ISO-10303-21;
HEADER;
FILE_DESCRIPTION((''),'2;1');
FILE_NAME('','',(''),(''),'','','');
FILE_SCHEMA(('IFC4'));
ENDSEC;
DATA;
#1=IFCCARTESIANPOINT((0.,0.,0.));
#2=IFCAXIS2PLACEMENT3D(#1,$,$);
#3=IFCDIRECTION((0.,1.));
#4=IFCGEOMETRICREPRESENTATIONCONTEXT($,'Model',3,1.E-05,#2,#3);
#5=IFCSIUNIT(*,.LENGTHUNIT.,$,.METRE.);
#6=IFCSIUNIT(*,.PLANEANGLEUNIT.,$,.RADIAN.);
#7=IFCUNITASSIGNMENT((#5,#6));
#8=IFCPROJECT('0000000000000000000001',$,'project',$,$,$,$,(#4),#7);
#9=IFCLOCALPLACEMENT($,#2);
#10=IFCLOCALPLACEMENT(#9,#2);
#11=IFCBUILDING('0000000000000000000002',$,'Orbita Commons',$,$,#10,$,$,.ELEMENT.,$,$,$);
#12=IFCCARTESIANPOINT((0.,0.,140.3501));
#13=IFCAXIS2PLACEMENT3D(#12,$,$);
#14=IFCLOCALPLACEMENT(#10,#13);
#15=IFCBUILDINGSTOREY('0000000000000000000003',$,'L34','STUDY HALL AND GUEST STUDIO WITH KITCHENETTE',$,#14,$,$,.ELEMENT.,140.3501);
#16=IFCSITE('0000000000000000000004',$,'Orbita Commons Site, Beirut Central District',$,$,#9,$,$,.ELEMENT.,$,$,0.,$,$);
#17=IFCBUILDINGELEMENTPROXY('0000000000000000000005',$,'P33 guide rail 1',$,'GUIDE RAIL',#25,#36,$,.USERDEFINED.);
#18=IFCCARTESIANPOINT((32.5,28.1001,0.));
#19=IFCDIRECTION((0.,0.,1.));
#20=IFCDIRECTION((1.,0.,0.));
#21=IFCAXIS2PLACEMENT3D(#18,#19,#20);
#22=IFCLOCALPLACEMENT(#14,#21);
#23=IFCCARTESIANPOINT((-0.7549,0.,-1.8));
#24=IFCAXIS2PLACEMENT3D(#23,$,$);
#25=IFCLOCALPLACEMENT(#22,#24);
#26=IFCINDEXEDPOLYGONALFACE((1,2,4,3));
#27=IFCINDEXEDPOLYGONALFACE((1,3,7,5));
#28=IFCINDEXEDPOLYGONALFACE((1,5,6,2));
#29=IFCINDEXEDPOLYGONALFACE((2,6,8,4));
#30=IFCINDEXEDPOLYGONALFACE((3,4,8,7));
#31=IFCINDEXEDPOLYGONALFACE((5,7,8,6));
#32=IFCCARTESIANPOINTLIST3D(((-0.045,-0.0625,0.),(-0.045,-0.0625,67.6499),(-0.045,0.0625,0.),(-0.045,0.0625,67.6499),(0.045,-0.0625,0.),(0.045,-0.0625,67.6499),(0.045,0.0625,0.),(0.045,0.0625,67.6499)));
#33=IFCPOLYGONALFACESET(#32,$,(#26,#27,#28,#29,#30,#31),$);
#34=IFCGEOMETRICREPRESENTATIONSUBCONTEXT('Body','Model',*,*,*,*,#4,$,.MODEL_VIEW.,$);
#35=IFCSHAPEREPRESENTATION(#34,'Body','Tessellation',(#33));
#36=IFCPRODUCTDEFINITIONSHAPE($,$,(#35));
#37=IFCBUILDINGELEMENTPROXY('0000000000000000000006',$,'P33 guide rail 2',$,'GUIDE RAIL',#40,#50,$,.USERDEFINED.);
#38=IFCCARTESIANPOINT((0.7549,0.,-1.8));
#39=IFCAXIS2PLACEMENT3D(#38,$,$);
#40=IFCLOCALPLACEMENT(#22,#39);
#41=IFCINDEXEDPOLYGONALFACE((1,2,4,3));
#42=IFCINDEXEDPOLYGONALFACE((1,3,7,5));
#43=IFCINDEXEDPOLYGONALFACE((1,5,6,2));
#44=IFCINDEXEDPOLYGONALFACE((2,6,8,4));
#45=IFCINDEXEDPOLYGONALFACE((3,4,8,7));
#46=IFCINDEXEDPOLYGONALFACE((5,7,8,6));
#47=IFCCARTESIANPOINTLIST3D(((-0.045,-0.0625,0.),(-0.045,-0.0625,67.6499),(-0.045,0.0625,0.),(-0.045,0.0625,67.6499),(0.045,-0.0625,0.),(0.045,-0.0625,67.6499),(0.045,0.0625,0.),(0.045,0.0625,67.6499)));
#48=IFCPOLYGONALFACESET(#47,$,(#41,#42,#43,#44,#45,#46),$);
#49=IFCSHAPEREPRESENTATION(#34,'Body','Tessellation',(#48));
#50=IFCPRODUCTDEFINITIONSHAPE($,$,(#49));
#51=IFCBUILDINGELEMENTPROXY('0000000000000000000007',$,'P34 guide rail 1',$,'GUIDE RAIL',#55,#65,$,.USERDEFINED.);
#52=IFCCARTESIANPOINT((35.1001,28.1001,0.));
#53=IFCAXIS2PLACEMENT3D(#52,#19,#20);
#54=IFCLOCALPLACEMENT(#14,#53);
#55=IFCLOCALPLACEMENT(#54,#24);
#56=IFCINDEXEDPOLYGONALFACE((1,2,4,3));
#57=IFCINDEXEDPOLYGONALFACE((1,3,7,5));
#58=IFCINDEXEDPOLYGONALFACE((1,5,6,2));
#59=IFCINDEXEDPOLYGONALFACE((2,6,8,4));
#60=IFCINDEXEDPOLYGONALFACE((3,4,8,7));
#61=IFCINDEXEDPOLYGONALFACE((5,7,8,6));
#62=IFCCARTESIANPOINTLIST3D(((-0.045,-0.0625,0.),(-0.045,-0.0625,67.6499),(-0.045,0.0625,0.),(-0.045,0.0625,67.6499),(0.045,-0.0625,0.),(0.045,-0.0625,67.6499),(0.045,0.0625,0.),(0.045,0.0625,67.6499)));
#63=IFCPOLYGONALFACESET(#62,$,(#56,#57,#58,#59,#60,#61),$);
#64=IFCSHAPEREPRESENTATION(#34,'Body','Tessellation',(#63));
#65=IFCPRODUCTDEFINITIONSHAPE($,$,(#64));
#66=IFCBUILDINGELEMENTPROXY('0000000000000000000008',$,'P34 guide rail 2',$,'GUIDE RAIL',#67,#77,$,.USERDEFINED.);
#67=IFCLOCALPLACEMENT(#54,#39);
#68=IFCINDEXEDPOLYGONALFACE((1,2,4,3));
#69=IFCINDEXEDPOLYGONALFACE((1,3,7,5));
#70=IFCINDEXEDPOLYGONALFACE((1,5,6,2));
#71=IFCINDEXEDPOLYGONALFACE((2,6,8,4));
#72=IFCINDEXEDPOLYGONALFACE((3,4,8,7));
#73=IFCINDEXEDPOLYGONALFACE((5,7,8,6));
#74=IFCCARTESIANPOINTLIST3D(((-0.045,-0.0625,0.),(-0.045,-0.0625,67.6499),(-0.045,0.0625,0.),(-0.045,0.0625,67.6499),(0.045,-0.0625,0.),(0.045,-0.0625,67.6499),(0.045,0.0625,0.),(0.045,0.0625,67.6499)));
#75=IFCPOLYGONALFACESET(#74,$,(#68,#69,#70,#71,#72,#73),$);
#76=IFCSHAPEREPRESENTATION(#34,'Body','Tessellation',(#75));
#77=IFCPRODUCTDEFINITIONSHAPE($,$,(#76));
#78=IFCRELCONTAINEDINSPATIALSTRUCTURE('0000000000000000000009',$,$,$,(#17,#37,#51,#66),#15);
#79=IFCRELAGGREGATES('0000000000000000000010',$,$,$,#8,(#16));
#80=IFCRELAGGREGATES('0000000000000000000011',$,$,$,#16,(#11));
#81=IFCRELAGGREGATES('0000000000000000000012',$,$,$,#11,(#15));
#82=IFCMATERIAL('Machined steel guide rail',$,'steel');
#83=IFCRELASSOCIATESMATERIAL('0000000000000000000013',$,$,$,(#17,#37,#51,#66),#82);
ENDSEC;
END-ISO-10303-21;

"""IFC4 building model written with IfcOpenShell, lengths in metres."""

from ifc_helpers import new_model, si_unit, direction, frame, origin, origin_2d, place, context, subcontext, project, spatial, rectangle, extrude, material, element, save


model = new_model("IFC4")

# Units and contexts
model_context = context("Model", 3, precision=1e-05, world=origin(), true_north=direction((0.0, 1.0)))
body_context = subcontext(model_context, "Body", "Model", "MODEL_VIEW")
ifc_project = project(units=[si_unit("LENGTHUNIT", "METRE"), si_unit("PLANEANGLEUNIT", "RADIAN")], contexts=[model_context])

# Site, building, storey
site_placement = place(None, origin())
site = spatial("IfcSite", under=ifc_project, at=site_placement, Name="Orbita Commons Site, Beirut Central District", CompositionType="ELEMENT", RefElevation=0.0)
building_placement = place(site_placement, origin())
building = spatial("IfcBuilding", under=site, at=building_placement, Name="Orbita Commons", CompositionType="ELEMENT")
storey_placement = place(building_placement, frame((0.0, 0.0, 140.3501)))
storey = spatial("IfcBuildingStorey", under=building, at=storey_placement, Name="L34", Description="STUDY HALL AND GUEST STUDIO WITH KITCHENETTE", CompositionType="ELEMENT", Elevation=140.3501)

# Shared definitions
transport_element_1_placement = place(storey_placement, frame((32.5, 28.1001, 0.0), z_axis=(0.0, 0.0, 1.0), x_axis=(1.0, 0.0, 0.0)))
transport_element_2_placement = place(storey_placement, frame((35.1001, 28.1001, 0.0), z_axis=(0.0, 0.0, 1.0), x_axis=(1.0, 0.0, 0.0)))

# Building element proxies
ifc_material_1 = material(Name="Machined steel guide rail", Category="steel")
for number, where, name in (
    (1, (-0.7549, 0.0, -1.8), "P33 guide rail 1"),
    (2, (0.7549, 0.0, -1.8), "P33 guide rail 2"),
):
    element("IfcBuildingElementProxy", number, at=place(transport_element_1_placement, frame(where)), inside=storey, material=ifc_material_1, Name=name, ObjectType="GUIDE RAIL", PredefinedType="USERDEFINED", context=body_context, shape_type="SweptSolid", body=[
        extrude(rectangle(XDim=0.09, YDim=0.125, at=origin_2d()), origin(), (0.0, 0.0, 1.0), 67.6499),
    ])
for number, where, name in (
    (3, (-0.7549, 0.0, -1.8), "P34 guide rail 1"),
    (4, (0.7549, 0.0, -1.8), "P34 guide rail 2"),
):
    element("IfcBuildingElementProxy", number, at=place(transport_element_2_placement, frame(where)), inside=storey, material=ifc_material_1, Name=name, ObjectType="GUIDE RAIL", PredefinedType="USERDEFINED", context=body_context, shape_type="SweptSolid", body=[
        extrude(rectangle(XDim=0.09, YDim=0.125, at=origin_2d()), origin(), (0.0, 0.0, 1.0), 67.6499),
    ])

save(model, "model.ifc")
